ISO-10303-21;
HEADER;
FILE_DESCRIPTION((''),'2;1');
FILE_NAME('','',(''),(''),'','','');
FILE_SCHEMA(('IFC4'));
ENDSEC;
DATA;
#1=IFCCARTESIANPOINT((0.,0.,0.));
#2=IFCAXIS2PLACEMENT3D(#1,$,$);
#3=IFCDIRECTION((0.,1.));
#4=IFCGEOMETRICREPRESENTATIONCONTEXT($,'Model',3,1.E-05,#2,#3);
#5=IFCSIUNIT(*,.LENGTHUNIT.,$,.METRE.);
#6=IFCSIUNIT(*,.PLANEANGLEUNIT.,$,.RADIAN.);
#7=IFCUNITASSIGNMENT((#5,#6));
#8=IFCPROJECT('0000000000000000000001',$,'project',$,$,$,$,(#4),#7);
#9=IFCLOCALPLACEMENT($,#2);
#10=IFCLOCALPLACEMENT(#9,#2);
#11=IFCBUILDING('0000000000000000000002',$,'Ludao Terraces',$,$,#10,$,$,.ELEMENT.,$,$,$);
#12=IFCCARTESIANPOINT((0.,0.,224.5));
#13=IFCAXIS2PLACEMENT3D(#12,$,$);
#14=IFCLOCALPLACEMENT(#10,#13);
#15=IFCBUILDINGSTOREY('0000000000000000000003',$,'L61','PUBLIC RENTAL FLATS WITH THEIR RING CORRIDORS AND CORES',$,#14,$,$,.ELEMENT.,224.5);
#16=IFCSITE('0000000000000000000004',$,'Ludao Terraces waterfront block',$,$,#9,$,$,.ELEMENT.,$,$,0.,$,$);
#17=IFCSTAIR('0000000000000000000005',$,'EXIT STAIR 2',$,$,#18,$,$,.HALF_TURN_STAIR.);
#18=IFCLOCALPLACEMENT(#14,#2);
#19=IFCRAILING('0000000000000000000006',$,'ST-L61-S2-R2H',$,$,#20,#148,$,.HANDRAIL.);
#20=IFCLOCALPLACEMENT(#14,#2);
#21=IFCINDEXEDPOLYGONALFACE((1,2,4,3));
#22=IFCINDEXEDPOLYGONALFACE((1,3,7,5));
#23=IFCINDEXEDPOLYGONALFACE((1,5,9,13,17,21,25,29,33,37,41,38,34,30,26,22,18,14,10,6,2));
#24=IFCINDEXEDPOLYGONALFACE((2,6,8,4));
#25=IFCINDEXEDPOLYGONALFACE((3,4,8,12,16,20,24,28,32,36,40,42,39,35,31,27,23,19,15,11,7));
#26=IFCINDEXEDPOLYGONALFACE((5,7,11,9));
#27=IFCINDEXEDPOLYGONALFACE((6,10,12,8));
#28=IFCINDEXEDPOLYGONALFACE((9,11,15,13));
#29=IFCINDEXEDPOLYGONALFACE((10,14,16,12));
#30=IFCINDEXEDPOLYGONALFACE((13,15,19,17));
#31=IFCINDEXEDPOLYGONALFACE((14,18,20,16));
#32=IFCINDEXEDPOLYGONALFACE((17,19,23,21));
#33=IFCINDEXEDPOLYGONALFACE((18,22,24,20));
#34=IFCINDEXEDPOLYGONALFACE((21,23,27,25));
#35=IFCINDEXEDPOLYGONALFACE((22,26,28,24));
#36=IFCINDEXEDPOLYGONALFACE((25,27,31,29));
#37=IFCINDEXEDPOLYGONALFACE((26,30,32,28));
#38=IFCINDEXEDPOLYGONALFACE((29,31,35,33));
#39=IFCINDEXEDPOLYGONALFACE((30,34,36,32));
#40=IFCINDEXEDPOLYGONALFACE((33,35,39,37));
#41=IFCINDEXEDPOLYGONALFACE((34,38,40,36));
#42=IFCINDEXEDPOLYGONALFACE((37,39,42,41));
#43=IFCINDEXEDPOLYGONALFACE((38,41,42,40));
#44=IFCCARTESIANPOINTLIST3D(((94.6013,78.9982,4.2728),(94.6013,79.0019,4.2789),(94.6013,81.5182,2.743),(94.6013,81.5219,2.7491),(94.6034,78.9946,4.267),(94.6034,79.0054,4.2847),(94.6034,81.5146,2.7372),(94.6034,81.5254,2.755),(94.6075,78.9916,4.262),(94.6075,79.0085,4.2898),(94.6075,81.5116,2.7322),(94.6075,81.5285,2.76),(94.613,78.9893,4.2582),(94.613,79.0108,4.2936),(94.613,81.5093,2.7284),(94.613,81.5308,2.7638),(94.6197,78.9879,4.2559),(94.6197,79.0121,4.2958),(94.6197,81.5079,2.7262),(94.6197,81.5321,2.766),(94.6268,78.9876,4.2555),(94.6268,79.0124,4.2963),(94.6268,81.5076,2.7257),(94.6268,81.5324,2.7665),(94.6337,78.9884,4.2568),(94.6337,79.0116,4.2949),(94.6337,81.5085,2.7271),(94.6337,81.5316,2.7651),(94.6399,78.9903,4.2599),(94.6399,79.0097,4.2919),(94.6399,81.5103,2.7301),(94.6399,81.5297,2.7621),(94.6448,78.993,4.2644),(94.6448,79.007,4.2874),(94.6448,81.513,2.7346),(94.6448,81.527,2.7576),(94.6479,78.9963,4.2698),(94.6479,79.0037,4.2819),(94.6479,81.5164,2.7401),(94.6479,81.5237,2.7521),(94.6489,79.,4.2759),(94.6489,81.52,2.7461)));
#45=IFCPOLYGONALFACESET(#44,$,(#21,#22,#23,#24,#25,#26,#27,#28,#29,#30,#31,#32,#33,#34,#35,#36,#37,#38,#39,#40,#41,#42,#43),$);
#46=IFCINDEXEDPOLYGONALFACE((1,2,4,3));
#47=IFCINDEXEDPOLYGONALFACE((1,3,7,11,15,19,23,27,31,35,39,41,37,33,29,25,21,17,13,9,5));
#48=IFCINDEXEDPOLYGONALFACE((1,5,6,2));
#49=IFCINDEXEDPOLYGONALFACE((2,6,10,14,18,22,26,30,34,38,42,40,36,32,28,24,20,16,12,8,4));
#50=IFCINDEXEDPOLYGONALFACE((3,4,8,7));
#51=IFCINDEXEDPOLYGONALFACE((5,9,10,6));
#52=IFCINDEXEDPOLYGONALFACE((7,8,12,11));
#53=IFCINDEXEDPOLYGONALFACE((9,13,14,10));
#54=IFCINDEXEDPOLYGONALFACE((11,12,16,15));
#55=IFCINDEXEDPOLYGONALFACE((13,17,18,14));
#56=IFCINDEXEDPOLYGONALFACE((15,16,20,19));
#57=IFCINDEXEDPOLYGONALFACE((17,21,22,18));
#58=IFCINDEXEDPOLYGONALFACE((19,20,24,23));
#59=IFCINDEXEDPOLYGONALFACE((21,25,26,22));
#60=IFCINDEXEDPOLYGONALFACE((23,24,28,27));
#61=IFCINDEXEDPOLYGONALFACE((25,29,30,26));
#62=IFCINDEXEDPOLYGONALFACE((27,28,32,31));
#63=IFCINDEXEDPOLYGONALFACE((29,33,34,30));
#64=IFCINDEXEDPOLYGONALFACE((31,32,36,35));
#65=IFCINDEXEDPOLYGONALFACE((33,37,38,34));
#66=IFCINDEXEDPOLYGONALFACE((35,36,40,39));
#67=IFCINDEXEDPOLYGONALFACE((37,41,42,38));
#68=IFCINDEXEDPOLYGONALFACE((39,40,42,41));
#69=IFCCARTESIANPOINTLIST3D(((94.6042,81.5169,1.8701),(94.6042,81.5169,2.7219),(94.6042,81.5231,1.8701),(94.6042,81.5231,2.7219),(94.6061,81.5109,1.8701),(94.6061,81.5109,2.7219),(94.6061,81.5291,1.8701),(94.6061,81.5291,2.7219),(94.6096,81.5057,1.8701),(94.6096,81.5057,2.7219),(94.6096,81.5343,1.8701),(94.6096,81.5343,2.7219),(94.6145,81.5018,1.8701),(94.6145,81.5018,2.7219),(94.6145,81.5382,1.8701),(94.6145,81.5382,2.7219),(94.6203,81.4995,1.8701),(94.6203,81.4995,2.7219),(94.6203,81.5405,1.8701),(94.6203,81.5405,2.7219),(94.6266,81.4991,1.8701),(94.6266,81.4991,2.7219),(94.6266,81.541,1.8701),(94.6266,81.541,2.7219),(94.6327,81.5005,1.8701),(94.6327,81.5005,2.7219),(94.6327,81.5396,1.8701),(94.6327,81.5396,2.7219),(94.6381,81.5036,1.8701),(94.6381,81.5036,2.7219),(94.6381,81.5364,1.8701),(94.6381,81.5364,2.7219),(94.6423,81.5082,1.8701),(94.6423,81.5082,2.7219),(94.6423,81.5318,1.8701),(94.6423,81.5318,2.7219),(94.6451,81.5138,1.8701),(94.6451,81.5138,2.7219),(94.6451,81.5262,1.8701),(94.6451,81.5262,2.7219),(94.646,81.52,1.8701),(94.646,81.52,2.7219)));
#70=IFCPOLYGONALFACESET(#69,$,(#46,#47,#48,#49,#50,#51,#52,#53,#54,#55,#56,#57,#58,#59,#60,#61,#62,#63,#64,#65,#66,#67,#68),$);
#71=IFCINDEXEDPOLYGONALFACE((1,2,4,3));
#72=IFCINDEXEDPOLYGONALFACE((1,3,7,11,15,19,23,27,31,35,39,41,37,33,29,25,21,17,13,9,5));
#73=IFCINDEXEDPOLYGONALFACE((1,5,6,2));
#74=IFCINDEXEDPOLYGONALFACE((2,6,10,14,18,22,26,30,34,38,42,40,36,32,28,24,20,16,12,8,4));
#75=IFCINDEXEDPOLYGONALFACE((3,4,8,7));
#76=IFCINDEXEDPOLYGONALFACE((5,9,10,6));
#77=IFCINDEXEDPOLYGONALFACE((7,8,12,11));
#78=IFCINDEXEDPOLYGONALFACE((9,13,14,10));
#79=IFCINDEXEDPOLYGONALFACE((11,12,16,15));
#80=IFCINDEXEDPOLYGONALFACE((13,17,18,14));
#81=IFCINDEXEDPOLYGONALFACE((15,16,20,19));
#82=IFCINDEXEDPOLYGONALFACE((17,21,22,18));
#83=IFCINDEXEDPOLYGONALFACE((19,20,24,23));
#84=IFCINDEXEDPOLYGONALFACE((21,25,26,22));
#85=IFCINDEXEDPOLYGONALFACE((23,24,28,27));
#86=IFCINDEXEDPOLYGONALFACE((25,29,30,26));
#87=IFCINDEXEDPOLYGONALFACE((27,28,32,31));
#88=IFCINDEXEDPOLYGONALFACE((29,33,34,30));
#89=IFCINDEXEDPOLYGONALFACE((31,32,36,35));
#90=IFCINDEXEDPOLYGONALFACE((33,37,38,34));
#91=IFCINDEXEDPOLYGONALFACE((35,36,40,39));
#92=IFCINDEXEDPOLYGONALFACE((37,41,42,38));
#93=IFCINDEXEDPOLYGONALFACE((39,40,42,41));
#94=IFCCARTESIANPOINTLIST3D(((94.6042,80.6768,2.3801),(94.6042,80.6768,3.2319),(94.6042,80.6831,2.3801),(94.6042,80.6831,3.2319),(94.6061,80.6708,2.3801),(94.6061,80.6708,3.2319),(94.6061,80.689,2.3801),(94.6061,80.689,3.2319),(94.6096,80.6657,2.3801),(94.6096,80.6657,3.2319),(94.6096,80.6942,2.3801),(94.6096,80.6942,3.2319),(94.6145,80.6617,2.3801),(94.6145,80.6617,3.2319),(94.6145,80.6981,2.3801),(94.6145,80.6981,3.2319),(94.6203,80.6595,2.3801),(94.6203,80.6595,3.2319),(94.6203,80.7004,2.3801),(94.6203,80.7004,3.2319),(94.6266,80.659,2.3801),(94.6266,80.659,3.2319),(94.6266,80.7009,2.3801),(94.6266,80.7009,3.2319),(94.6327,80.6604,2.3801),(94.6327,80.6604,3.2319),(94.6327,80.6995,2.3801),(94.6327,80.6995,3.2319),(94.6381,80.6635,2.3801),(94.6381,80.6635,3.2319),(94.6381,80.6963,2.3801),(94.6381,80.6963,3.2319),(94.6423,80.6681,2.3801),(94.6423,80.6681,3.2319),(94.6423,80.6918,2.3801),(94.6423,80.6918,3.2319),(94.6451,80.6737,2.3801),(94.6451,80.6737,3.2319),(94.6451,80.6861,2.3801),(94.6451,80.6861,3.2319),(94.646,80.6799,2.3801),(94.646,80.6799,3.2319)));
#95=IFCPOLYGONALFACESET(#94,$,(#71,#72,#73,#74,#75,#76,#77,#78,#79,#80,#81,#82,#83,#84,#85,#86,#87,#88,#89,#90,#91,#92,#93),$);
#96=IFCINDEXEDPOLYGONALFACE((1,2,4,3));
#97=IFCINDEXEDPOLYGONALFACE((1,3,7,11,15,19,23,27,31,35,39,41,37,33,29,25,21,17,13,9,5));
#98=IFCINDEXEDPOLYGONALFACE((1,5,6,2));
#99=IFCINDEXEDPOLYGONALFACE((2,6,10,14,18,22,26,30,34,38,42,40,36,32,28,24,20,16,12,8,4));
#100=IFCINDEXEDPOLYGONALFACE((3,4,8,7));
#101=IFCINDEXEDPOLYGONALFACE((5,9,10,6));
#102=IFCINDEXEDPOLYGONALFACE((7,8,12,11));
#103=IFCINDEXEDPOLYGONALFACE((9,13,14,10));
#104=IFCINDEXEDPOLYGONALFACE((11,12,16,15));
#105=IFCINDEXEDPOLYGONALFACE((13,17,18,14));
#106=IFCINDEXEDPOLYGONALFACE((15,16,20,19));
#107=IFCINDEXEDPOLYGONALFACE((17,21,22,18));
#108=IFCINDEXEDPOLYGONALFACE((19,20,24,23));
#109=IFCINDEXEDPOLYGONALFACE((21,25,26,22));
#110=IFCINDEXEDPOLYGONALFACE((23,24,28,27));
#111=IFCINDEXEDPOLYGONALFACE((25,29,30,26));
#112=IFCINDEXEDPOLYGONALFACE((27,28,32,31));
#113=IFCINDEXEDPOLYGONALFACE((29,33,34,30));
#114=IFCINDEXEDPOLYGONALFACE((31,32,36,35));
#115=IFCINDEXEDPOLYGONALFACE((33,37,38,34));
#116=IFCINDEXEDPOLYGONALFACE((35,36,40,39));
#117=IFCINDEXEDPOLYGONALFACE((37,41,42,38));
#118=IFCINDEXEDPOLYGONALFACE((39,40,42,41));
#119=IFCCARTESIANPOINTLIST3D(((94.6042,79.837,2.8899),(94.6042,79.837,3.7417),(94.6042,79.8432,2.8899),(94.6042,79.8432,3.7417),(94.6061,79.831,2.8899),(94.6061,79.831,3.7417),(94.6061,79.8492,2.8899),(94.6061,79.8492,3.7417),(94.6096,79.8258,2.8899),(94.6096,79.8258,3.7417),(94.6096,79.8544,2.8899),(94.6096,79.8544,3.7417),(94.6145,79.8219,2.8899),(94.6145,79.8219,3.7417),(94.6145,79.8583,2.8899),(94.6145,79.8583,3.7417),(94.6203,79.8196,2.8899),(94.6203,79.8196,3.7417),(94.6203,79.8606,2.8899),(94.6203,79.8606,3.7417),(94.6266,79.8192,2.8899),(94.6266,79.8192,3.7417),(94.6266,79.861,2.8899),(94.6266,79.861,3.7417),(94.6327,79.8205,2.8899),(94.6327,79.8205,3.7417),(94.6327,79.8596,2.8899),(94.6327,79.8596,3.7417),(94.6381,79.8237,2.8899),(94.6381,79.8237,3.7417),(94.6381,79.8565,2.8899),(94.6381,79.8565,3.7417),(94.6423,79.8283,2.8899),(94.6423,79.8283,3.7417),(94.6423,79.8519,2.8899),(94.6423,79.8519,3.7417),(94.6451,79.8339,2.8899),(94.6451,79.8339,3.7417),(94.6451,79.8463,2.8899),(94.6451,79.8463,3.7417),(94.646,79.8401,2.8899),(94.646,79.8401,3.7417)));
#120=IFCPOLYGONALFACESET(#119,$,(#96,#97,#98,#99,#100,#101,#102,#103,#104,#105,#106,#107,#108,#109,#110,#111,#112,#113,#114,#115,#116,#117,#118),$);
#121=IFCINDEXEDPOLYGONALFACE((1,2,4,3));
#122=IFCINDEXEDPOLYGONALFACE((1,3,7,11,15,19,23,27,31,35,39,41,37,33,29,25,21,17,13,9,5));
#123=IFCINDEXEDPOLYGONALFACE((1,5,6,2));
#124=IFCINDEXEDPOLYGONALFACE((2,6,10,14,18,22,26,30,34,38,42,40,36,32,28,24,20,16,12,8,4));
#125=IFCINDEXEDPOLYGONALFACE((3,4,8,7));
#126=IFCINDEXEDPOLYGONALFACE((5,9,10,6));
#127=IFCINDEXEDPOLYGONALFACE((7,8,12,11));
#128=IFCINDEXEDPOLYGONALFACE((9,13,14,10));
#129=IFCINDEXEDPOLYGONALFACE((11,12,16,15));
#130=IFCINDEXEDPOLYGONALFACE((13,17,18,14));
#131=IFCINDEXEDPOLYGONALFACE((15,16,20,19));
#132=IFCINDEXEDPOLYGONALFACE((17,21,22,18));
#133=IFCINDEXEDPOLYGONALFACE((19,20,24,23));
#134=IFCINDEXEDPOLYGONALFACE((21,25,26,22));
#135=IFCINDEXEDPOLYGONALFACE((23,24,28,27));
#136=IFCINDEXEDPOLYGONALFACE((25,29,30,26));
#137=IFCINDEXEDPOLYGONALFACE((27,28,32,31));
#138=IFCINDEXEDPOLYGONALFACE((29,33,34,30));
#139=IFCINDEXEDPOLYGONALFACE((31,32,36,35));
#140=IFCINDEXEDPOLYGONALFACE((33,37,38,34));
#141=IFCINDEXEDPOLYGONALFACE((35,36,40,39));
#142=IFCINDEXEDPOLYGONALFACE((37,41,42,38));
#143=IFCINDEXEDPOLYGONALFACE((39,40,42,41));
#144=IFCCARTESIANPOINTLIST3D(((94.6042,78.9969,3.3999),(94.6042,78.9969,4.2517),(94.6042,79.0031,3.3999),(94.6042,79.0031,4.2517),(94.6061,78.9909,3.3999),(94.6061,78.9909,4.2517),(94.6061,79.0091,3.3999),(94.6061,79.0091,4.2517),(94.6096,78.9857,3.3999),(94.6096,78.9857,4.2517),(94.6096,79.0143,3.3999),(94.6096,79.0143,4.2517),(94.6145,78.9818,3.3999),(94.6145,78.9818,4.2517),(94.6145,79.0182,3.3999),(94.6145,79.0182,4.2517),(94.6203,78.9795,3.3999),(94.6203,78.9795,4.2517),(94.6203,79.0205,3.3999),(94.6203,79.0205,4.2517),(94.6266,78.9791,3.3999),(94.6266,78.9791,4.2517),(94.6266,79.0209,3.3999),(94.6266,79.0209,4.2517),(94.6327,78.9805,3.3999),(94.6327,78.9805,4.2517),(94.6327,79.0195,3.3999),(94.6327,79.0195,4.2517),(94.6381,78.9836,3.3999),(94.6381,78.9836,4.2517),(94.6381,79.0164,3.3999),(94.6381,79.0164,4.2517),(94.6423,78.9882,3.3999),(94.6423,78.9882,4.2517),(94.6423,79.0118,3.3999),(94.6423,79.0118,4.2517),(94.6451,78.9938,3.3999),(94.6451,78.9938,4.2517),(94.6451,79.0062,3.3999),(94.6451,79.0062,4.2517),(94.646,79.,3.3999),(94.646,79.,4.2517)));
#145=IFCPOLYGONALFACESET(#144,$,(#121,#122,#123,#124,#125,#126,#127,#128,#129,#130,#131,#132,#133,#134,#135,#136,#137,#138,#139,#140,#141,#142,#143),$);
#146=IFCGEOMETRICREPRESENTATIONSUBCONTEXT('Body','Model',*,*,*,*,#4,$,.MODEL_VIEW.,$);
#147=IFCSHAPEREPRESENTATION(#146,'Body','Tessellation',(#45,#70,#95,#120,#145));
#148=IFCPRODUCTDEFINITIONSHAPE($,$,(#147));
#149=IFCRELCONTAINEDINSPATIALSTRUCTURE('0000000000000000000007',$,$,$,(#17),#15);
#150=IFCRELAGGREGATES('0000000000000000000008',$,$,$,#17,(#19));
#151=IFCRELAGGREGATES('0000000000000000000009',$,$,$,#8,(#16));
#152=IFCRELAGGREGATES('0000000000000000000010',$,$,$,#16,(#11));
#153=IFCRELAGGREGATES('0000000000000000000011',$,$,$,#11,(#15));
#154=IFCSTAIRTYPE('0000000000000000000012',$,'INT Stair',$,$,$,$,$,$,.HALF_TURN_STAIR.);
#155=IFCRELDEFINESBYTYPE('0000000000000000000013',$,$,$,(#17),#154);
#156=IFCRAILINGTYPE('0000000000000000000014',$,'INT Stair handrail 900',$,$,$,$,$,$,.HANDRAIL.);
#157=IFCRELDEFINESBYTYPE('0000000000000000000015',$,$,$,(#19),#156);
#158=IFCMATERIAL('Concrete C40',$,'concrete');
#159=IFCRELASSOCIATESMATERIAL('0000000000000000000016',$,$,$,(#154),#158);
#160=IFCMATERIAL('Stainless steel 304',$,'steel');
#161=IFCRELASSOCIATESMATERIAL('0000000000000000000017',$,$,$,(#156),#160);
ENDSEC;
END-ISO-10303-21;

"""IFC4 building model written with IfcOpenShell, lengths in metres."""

from ifc_helpers import new_model, si_unit, direction, frame, origin, origin_2d, place, context, subcontext, project, spatial, circle, extrude, material, type_object, element, aggregate, save


model = new_model("IFC4")

# Units and contexts
model_context = context("Model", 3, precision=1e-05, world=origin(), true_north=direction((0.0, 1.0)))
body_context = subcontext(model_context, "Body", "Model", "MODEL_VIEW")
ifc_project = project(units=[si_unit("LENGTHUNIT", "METRE"), si_unit("PLANEANGLEUNIT", "RADIAN")], contexts=[model_context])

# Site, building, storey
site_placement = place(None, origin())
site = spatial("IfcSite", under=ifc_project, at=site_placement, Name="Ludao Terraces waterfront block", CompositionType="ELEMENT", RefElevation=0.0)
building_placement = place(site_placement, origin())
building = spatial("IfcBuilding", under=site, at=building_placement, Name="Ludao Terraces", CompositionType="ELEMENT")
storey_placement = place(building_placement, frame((0.0, 0.0, 224.5)))
storey = spatial("IfcBuildingStorey", under=building, at=storey_placement, Name="L61", Description="PUBLIC RENTAL FLATS WITH THEIR RING CORRIDORS AND CORES", CompositionType="ELEMENT", Elevation=224.5)

# Shared definitions
ifc_material_1 = material(Name="Stainless steel 304", Category="steel")

# Stair, railing
ifc_material_2 = material(Name="Concrete C40", Category="concrete")
stair_type = type_object("IfcStairType", Name="INT Stair", PredefinedType="HALF_TURN_STAIR", material=ifc_material_2)
stair_placement = place(storey_placement, origin())
stair = element("IfcStair", 1, at=stair_placement, inside=storey, type_object=stair_type, Name="EXIT STAIR 2", PredefinedType="HALF_TURN_STAIR")
railing_type_1 = type_object("IfcRailingType", Name="INT Stair handrail 900", PredefinedType="HANDRAIL", material=ifc_material_1)
railing_1_placement = place(storey_placement, frame((94.625, 81.52, 1.8701)))
railing_1 = element("IfcRailing", 2, at=railing_1_placement, type_object=railing_type_1, Name="ST-L61-S2-R2H", PredefinedType="HANDRAIL", context=body_context, shape_type="SweptSolid", body=[
    extrude(circle(Radius=0.0239, at=origin_2d()), frame((0.0, 0.0, 0.876), z_axis=(0.0, -0.854822, 0.518922), x_axis=(1.0, 0.0, 0.0)), (0.0, 0.0, 1.0), 2.948),
    extrude(circle(Radius=0.021, at=origin_2d()), origin(), (0.0, 0.0, 1.0), 0.8518),
    extrude(circle(Radius=0.021, at=origin_2d()), frame((0.0, -0.8401, 0.51)), (0.0, 0.0, 1.0), 0.8518),
    extrude(circle(Radius=0.021, at=origin_2d()), frame((0.0, -1.6799, 1.0198)), (0.0, 0.0, 1.0), 0.8518),
    extrude(circle(Radius=0.021, at=origin_2d()), frame((0.0, -2.52, 1.5298)), (0.0, 0.0, 1.0), 0.8518),
])
aggregate(stair, [railing_1])

save(model, "model.ifc")
